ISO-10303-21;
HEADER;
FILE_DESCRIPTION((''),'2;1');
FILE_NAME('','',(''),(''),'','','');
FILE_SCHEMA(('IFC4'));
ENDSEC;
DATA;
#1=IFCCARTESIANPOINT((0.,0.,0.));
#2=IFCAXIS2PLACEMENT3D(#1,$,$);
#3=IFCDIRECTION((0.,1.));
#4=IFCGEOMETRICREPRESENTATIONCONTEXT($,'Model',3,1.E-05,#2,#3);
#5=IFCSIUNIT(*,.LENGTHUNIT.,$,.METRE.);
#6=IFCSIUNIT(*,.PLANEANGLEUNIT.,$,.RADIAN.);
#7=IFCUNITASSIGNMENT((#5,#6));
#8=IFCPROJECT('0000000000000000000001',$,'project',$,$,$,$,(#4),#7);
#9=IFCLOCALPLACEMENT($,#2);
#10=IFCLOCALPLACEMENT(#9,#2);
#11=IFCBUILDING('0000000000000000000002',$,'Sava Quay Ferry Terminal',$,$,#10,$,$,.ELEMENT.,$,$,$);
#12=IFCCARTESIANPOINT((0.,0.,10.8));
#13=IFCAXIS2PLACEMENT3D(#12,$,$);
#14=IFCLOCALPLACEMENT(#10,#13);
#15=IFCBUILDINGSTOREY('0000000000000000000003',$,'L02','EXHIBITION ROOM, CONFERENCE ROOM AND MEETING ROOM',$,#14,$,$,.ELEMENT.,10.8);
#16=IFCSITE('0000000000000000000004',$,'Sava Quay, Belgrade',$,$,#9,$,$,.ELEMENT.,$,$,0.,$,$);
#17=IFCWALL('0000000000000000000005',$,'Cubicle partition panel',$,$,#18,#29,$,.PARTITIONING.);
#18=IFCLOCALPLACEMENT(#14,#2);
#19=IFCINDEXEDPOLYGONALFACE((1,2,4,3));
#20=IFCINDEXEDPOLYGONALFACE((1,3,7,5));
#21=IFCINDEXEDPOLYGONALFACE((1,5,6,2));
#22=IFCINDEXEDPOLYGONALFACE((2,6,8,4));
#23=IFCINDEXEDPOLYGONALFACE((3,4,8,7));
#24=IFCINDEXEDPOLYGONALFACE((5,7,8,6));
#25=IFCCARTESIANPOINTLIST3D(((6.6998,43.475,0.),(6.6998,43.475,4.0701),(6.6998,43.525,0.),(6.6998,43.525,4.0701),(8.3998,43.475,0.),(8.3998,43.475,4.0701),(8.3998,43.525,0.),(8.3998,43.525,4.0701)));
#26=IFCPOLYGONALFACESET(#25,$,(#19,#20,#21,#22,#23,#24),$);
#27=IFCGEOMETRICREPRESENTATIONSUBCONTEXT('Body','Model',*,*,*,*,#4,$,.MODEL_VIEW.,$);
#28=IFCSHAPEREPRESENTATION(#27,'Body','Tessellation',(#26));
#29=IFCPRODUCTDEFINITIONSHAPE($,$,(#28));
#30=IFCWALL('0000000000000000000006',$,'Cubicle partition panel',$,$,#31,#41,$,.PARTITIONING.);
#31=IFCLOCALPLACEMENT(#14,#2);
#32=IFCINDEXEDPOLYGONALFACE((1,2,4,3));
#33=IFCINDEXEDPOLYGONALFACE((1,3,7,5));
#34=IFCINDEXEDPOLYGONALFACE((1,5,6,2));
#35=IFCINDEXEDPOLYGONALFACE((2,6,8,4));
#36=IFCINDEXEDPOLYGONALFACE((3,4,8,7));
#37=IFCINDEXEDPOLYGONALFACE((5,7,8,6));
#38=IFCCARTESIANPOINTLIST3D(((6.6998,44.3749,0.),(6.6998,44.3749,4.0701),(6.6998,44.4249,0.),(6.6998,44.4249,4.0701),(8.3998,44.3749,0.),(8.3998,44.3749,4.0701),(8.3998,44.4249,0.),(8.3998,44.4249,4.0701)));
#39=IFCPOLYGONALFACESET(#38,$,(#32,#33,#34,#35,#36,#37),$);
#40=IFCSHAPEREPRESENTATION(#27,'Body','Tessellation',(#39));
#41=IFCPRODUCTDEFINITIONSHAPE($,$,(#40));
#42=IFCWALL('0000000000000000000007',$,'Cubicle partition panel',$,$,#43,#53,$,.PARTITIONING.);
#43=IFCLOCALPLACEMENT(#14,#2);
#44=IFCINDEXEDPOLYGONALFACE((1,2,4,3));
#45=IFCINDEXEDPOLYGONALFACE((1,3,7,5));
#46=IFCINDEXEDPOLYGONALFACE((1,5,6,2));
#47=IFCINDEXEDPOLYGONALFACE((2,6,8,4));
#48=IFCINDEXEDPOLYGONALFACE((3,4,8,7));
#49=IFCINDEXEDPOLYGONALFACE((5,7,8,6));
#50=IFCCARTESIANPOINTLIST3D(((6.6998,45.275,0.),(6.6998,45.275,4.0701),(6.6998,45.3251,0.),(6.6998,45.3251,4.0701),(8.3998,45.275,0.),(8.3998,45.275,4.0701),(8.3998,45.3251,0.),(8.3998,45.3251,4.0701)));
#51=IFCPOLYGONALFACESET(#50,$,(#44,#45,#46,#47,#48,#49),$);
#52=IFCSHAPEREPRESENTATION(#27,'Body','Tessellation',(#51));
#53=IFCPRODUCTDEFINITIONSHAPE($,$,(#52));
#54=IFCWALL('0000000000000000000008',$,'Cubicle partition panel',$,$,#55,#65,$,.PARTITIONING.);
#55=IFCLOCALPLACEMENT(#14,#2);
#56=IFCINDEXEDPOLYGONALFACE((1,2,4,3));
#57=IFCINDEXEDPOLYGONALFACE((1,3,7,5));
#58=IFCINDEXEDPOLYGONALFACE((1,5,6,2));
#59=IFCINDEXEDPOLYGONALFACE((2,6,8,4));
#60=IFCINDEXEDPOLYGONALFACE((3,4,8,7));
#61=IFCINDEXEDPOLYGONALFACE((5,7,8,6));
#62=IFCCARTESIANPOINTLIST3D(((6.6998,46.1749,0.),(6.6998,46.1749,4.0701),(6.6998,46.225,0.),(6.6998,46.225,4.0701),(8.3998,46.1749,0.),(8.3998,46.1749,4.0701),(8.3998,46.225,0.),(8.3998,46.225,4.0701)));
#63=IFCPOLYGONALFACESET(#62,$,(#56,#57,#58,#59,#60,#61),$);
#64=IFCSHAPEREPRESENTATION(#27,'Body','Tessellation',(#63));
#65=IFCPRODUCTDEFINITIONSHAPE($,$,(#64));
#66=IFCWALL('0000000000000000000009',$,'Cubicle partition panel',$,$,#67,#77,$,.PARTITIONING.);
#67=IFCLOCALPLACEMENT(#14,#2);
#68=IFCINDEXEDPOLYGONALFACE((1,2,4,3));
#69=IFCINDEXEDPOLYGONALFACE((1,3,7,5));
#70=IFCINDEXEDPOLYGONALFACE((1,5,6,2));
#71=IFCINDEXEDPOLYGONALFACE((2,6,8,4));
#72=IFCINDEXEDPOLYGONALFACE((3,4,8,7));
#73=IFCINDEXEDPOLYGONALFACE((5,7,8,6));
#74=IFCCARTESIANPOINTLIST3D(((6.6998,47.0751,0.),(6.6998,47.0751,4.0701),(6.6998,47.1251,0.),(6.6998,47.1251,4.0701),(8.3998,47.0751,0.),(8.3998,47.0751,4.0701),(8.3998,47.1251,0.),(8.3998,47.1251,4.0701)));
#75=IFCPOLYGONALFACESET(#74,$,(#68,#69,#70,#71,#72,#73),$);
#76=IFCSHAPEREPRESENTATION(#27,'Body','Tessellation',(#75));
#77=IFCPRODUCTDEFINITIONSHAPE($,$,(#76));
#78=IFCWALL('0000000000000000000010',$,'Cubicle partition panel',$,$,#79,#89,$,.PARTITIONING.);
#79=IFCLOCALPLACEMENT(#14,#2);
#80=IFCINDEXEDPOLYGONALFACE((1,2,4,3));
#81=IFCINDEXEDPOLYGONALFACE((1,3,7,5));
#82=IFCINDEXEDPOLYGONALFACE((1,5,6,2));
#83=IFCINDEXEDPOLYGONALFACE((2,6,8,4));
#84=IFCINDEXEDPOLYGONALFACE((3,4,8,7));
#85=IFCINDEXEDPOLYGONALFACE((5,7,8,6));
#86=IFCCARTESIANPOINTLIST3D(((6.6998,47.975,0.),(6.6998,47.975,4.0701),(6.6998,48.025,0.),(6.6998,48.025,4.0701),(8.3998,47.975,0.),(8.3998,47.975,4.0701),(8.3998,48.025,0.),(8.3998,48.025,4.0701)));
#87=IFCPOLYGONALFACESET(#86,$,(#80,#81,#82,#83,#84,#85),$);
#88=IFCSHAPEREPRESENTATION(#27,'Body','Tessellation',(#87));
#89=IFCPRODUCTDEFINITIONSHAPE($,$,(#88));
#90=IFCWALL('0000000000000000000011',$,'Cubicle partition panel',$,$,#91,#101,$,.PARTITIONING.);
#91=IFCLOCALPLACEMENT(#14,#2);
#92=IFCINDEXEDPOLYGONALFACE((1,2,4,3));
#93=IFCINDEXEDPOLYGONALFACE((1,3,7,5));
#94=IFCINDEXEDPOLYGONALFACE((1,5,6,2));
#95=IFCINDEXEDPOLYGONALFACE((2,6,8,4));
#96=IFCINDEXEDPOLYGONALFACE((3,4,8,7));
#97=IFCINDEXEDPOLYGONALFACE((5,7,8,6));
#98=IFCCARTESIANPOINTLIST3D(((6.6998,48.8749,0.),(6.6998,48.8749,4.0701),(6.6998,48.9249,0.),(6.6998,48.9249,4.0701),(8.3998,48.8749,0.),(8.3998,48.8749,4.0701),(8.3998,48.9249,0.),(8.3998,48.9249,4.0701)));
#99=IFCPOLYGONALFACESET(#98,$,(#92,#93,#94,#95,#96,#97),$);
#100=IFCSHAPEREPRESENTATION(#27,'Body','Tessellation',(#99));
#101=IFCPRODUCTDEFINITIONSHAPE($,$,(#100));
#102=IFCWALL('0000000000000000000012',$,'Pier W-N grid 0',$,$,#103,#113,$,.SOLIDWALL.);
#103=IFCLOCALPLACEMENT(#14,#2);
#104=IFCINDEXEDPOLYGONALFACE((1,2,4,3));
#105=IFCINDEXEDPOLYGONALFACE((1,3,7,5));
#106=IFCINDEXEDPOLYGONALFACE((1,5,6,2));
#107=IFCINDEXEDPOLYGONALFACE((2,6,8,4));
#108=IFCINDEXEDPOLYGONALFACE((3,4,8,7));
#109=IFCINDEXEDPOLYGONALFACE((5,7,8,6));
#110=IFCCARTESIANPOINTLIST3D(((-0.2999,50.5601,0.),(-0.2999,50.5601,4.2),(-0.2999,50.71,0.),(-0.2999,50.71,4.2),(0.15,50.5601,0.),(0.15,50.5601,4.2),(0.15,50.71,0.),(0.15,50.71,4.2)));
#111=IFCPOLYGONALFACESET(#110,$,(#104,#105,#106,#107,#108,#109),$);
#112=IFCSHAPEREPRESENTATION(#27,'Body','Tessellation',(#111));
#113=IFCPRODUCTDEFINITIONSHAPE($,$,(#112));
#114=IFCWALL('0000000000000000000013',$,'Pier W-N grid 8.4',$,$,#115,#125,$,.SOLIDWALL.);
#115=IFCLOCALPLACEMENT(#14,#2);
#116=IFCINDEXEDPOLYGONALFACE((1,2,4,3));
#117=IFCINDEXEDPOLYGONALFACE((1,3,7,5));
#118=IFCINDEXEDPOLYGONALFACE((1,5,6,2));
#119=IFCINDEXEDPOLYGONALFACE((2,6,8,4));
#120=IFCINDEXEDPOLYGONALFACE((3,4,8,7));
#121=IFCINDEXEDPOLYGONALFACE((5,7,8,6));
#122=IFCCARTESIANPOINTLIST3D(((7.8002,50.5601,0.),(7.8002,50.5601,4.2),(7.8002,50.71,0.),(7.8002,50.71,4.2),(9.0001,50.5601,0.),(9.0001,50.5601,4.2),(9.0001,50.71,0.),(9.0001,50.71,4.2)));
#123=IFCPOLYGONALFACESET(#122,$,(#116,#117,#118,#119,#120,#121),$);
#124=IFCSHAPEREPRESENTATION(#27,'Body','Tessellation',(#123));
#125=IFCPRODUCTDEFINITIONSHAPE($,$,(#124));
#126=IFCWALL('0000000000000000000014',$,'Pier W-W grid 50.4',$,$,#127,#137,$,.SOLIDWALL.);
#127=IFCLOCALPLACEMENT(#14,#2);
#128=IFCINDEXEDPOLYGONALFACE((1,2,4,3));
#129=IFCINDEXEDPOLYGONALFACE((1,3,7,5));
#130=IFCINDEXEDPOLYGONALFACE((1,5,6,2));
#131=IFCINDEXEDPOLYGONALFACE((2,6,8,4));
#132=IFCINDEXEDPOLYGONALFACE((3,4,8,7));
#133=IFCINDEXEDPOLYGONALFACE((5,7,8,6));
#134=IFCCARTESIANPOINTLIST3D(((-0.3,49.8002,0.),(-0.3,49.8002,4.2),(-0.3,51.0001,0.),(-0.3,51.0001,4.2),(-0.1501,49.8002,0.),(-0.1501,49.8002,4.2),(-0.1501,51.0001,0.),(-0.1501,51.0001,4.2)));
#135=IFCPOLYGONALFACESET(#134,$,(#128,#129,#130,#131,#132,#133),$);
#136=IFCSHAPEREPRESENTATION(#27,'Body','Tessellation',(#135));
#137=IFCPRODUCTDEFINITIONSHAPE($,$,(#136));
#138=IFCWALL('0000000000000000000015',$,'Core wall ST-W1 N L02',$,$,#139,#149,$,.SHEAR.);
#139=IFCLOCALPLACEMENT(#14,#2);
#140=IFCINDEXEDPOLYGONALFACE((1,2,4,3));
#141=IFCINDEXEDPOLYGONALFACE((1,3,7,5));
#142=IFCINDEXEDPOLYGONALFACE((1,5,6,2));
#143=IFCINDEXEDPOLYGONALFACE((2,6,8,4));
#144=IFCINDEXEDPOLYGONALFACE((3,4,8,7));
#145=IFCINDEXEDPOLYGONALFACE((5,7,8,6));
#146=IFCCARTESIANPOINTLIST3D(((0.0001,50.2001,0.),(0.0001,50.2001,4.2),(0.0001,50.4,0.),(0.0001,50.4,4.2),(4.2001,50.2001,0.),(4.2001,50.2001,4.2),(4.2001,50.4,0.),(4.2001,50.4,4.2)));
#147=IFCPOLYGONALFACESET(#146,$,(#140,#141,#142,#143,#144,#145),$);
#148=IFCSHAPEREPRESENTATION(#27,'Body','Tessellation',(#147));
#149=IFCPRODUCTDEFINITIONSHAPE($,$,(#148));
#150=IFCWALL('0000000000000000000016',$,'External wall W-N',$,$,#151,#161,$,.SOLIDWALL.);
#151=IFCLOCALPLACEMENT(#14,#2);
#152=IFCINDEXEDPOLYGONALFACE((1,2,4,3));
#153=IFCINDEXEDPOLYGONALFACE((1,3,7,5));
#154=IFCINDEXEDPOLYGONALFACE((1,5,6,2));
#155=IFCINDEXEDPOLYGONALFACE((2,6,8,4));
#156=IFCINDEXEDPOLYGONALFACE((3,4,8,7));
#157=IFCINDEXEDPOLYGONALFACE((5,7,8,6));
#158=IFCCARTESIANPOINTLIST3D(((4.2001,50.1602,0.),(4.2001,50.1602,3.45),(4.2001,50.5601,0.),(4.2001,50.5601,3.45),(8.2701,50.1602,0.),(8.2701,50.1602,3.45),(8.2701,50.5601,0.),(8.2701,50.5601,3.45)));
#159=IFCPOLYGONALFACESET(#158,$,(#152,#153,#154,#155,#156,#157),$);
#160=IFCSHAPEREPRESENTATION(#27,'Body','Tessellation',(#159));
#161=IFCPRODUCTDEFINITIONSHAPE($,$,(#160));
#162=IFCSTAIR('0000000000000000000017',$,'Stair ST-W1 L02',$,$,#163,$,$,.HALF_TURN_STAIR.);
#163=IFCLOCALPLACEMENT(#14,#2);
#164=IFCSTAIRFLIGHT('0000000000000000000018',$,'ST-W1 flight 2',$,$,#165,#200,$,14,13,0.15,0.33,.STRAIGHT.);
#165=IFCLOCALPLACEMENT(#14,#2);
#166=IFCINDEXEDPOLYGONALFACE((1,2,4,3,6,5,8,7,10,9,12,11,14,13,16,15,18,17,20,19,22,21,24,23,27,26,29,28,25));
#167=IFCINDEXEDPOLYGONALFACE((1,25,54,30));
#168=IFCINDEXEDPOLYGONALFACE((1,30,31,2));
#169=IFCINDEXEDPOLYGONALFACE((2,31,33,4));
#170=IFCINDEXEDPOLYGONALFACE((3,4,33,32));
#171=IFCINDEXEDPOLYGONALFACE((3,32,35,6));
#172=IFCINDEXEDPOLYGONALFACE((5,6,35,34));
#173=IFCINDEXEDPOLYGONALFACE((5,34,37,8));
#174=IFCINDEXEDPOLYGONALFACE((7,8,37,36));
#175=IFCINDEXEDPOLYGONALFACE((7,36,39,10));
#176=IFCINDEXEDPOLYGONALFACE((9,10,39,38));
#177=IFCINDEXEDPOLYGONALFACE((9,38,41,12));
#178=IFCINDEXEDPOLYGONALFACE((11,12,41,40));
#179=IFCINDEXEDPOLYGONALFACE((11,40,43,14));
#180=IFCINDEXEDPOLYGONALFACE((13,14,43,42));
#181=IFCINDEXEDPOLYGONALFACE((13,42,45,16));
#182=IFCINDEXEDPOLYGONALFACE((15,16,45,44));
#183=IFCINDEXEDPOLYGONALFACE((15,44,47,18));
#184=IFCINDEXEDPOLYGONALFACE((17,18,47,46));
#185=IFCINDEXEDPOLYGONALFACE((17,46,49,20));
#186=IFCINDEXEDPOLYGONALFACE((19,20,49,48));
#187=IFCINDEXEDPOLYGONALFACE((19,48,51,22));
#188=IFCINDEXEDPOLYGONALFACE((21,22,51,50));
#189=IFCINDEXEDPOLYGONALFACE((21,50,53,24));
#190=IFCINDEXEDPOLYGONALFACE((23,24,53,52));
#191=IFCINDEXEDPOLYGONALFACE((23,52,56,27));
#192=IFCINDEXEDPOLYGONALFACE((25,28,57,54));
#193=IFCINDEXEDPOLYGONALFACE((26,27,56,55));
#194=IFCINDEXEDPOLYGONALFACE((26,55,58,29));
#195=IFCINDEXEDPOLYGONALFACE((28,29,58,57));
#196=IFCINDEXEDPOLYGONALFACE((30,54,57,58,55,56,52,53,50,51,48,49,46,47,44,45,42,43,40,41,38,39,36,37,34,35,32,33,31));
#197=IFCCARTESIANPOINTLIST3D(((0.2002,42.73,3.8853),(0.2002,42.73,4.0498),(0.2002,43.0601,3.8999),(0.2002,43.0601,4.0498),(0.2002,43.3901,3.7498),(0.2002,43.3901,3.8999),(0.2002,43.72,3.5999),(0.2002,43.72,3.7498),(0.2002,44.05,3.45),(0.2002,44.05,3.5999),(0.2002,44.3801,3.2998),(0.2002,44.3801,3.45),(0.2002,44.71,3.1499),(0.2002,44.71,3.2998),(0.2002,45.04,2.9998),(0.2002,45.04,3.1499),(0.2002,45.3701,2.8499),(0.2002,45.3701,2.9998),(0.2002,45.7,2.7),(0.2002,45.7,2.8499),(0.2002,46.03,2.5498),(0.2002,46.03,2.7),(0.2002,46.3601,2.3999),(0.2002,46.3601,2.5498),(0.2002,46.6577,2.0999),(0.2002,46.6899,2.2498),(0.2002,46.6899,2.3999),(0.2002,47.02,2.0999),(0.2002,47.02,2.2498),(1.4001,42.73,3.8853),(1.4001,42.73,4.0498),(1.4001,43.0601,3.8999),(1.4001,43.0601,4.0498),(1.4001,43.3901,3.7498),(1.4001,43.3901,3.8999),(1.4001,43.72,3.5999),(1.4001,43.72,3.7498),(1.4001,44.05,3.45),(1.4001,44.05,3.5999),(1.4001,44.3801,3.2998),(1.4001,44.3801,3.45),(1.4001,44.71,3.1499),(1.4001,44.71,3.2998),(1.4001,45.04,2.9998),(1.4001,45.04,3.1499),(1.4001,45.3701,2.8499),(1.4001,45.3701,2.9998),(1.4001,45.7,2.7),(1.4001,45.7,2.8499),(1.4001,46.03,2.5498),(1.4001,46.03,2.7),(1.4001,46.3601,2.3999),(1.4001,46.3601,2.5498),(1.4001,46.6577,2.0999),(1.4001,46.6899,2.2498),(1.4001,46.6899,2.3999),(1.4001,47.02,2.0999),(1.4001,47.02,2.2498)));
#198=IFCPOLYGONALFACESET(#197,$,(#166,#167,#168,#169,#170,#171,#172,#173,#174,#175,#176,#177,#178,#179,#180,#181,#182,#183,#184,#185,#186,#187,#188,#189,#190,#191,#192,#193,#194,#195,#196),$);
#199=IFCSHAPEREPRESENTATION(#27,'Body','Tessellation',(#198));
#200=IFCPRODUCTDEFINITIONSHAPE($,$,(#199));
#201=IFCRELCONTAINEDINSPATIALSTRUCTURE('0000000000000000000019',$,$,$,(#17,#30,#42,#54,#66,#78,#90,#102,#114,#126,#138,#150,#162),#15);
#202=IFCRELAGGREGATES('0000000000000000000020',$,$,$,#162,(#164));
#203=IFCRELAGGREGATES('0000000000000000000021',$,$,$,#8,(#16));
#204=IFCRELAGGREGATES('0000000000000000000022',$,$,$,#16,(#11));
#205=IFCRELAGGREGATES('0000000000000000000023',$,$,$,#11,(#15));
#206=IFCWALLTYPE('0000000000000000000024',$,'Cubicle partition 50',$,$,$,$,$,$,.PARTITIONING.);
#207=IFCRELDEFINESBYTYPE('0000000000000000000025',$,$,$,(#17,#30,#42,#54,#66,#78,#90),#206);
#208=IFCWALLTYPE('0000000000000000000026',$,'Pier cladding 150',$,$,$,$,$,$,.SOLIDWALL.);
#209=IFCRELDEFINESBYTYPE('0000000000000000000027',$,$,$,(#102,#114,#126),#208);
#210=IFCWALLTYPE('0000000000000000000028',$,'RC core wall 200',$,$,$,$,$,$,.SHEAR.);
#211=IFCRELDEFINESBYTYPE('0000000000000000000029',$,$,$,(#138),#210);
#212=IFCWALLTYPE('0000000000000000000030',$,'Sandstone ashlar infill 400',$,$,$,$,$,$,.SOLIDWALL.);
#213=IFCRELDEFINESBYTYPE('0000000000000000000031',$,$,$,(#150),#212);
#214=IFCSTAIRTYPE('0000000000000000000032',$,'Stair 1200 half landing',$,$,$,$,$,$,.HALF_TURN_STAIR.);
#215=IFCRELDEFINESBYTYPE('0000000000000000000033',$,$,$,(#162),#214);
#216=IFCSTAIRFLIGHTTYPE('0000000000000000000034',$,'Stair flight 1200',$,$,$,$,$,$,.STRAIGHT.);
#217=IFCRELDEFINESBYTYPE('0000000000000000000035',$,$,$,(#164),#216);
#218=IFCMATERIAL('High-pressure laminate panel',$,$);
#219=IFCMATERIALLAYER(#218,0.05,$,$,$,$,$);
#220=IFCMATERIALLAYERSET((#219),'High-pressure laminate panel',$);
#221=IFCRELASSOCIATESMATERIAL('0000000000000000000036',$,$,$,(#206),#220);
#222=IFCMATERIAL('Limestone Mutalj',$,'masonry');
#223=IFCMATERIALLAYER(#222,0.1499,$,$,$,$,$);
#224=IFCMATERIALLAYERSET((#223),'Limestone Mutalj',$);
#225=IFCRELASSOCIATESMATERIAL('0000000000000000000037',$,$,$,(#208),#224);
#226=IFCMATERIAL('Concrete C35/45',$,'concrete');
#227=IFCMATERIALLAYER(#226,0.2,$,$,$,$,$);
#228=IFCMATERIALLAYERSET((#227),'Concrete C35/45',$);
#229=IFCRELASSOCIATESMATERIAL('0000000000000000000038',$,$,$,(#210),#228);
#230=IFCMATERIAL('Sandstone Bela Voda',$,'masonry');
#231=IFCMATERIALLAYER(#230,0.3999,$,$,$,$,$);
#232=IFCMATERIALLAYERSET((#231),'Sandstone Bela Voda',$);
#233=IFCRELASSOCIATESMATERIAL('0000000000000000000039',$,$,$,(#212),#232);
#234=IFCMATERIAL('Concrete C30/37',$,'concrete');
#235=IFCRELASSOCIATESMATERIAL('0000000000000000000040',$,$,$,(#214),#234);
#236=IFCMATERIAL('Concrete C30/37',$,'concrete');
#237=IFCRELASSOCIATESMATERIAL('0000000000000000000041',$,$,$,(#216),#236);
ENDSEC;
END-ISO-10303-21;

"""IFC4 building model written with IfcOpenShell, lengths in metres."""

from ifc_helpers import new_model, si_unit, direction, frame, frame_2d, origin, place, context, subcontext, project, spatial, polyline, rectangle, outline, extrude, material, layer, layer_set, type_object, element, aggregate, save


model = new_model("IFC4")

# Units and contexts
model_context = context("Model", 3, precision=1e-05, world=origin(), true_north=direction((0.0, 1.0)))
body_context = subcontext(model_context, "Body", "Model", "MODEL_VIEW")
ifc_project = project(units=[si_unit("LENGTHUNIT", "METRE"), si_unit("PLANEANGLEUNIT", "RADIAN")], contexts=[model_context])

# Site, building, storey
site_placement = place(None, origin())
site = spatial("IfcSite", under=ifc_project, at=site_placement, Name="Sava Quay, Belgrade", CompositionType="ELEMENT", RefElevation=0.0)
building_placement = place(site_placement, origin())
building = spatial("IfcBuilding", under=site, at=building_placement, Name="Sava Quay Ferry Terminal", CompositionType="ELEMENT")
storey_placement = place(building_placement, frame((0.0, 0.0, 10.8)))
storey = spatial("IfcBuildingStorey", under=building, at=storey_placement, Name="L02", Description="EXHIBITION ROOM, CONFERENCE ROOM AND MEETING ROOM", CompositionType="ELEMENT", Elevation=10.8)

# Walls
ifc_material_1 = material(Name="High-pressure laminate panel")
ifc_layer_1 = layer(ifc_material_1, 0.05)
ifc_layer_set_1 = layer_set([ifc_layer_1], Name="High-pressure laminate panel")
wall_type_1 = type_object("IfcWallType", Name="Cubicle partition 50", PredefinedType="PARTITIONING", material=ifc_layer_set_1)
for number, where, z_axis, x_axis, name in (
    (1, (8.3999, 43.5, 0.0), (0.0, 0.0, 1.0), (-1.0, 0.0, 0.0), "Cubicle partition panel"),
    (2, (8.3999, 44.3999, 0.0), (0.0, 0.0, 1.0), (-1.0, 0.0, 0.0), "Cubicle partition panel"),
    (3, (8.3999, 45.3, 0.0), (0.0, 0.0, 1.0), (-1.0, 0.0, 0.0), "Cubicle partition panel"),
    (4, (8.3999, 46.2, 0.0), (0.0, 0.0, 1.0), (-1.0, 0.0, 0.0), "Cubicle partition panel"),
    (5, (8.3999, 47.1001, 0.0), (0.0, 0.0, 1.0), (-1.0, 0.0, 0.0), "Cubicle partition panel"),
    (6, (8.3999, 48.0, 0.0), (0.0, 0.0, 1.0), (-1.0, 0.0, 0.0), "Cubicle partition panel"),
    (7, (8.3999, 48.8999, 0.0), (0.0, 0.0, 1.0), (-1.0, 0.0, 0.0), "Cubicle partition panel"),
):
    element("IfcWall", number, at=place(storey_placement, frame(where, z_axis=z_axis, x_axis=x_axis)), inside=storey, type_object=wall_type_1, Name=name, PredefinedType="PARTITIONING", context=body_context, shape_type="SweptSolid", body=[
        extrude(rectangle(XDim=1.7, YDim=0.05, at=frame_2d((0.8501, 0.0))), origin(), (0.0, 0.0, 1.0), 4.0701),
    ])
ifc_material_2 = material(Name="Limestone Mutalj", Category="masonry")
ifc_layer_2 = layer(ifc_material_2, 0.1499)
ifc_layer_set_2 = layer_set([ifc_layer_2], Name="Limestone Mutalj")
wall_type_2 = type_object("IfcWallType", Name="Pier cladding 150", PredefinedType="SOLIDWALL", material=ifc_layer_set_2)
wall_1_placement = place(storey_placement, frame((-0.3, 50.635, 0.0), z_axis=(0.0, 0.0, 1.0), x_axis=(1.0, 0.0, 0.0)))
element("IfcWall", 8, at=wall_1_placement, inside=storey, type_object=wall_type_2, Name="Pier W-N grid 0", PredefinedType="SOLIDWALL", context=body_context, shape_type="SweptSolid", body=[
    extrude(rectangle(XDim=0.45, YDim=0.1499, at=frame_2d((0.2251, 0.0))), origin(), (0.0, 0.0, 1.0), 4.2),
])
for number, where, z_axis, x_axis, name in (
    (9, (7.8, 50.635, 0.0), (0.0, 0.0, 1.0), (1.0, 0.0, 0.0), "Pier W-N grid 8.4"),
    (10, (-0.2251, 49.8, 0.0), (0.0, 0.0, 1.0), (0.0, 1.0, 0.0), "Pier W-W grid 50.4"),
):
    element("IfcWall", number, at=place(storey_placement, frame(where, z_axis=z_axis, x_axis=x_axis)), inside=storey, type_object=wall_type_2, Name=name, PredefinedType="SOLIDWALL", context=body_context, shape_type="SweptSolid", body=[
        extrude(rectangle(XDim=1.2, YDim=0.1499, at=frame_2d((0.6001, 0.0))), origin(), (0.0, 0.0, 1.0), 4.2),
    ])
ifc_material_3 = material(Name="Concrete C35/45", Category="concrete")
ifc_layer_3 = layer(ifc_material_3, 0.2)
ifc_layer_set_3 = layer_set([ifc_layer_3], Name="Concrete C35/45")
wall_type_3 = type_object("IfcWallType", Name="RC core wall 200", PredefinedType="SHEAR", material=ifc_layer_set_3)
wall_2_placement = place(storey_placement, frame((0.0, 50.3, 0.0), z_axis=(0.0, 0.0, 1.0), x_axis=(1.0, 0.0, 0.0)))
element("IfcWall", 11, at=wall_2_placement, inside=storey, type_object=wall_type_3, Name="Core wall ST-W1 N L02", PredefinedType="SHEAR", context=body_context, shape_type="SweptSolid", body=[
    extrude(rectangle(XDim=4.2, YDim=0.2, at=frame_2d((2.1001, 0.0))), origin(), (0.0, 0.0, 1.0), 4.2),
])
ifc_material_4 = material(Name="Sandstone Bela Voda", Category="masonry")
ifc_layer_4 = layer(ifc_material_4, 0.3999)
ifc_layer_set_4 = layer_set([ifc_layer_4], Name="Sandstone Bela Voda")
wall_type_4 = type_object("IfcWallType", Name="Sandstone ashlar infill 400", PredefinedType="SOLIDWALL", material=ifc_layer_set_4)
wall_3_placement = place(storey_placement, frame((4.2, 50.3601, 0.0), z_axis=(0.0, 0.0, 1.0), x_axis=(1.0, 0.0, 0.0)))
element("IfcWall", 12, at=wall_3_placement, inside=storey, type_object=wall_type_4, Name="External wall W-N", PredefinedType="SOLIDWALL", context=body_context, shape_type="SweptSolid", body=[
    extrude(rectangle(XDim=4.0701, YDim=0.3999, at=frame_2d((2.0352, 0.0))), origin(), (0.0, 0.0, 1.0), 3.45),
])

# Stair, stair flight
ifc_material_5 = material(Name="Concrete C30/37", Category="concrete")
stair_type = type_object("IfcStairType", Name="Stair 1200 half landing", PredefinedType="HALF_TURN_STAIR", material=ifc_material_5)
stair_placement = place(storey_placement, origin())
stair = element("IfcStair", 13, at=stair_placement, inside=storey, type_object=stair_type, Name="Stair ST-W1 L02", PredefinedType="HALF_TURN_STAIR")
ifc_material_6 = material(Name="Concrete C30/37", Category="concrete")
stair_flight_type = type_object("IfcStairFlightType", Name="Stair flight 1200", PredefinedType="STRAIGHT", material=ifc_material_6)
stair_flight_placement = place(storey_placement, frame((0.8, 47.02, 2.0999), z_axis=(0.0, 0.0, 1.0), x_axis=(0.0, -1.0, 0.0)))
stair_flight = element("IfcStairFlight", 14, at=stair_flight_placement, type_object=stair_flight_type, Name="ST-W1 flight 2", NumberOfRisers=14, NumberOfTreads=13, PredefinedType="STRAIGHT", RiserHeight=0.15, TreadLength=0.33, context=body_context, shape_type="SweptSolid", body=[
    extrude(outline(polyline([(0.0, 0.0), (0.0, 0.1499), (0.3301, 0.1499), (0.3301, 0.3), (0.6599, 0.3), (0.6599, 0.45), (0.99, 0.45), (0.99, 0.6001), (1.3201, 0.6001), (1.3201, 0.75), (1.6499, 0.75), (1.6499, 0.8999), (1.98, 0.8999), (1.98, 1.05), (2.3101, 1.05), (2.3101, 1.2), (2.6399, 1.2), (2.6399, 1.3501), (2.97, 1.3501), (2.97, 1.5), (3.3, 1.5), (3.3, 1.6499), (3.6299, 1.6499), (3.6299, 1.8), (3.96, 1.8), (3.96, 1.95), (4.29, 1.95), (4.29, 2.1001), (4.29, 1.7854), (0.3623, 0.0), (0.0, 0.0)])), frame((0.0, 0.6001, 0.0), z_axis=(0.0, -1.0, 0.0), x_axis=(1.0, 0.0, 0.0)), (0.0, 0.0, 1.0), 1.2),
])
aggregate(stair, [stair_flight])

save(model, "model.ifc")
